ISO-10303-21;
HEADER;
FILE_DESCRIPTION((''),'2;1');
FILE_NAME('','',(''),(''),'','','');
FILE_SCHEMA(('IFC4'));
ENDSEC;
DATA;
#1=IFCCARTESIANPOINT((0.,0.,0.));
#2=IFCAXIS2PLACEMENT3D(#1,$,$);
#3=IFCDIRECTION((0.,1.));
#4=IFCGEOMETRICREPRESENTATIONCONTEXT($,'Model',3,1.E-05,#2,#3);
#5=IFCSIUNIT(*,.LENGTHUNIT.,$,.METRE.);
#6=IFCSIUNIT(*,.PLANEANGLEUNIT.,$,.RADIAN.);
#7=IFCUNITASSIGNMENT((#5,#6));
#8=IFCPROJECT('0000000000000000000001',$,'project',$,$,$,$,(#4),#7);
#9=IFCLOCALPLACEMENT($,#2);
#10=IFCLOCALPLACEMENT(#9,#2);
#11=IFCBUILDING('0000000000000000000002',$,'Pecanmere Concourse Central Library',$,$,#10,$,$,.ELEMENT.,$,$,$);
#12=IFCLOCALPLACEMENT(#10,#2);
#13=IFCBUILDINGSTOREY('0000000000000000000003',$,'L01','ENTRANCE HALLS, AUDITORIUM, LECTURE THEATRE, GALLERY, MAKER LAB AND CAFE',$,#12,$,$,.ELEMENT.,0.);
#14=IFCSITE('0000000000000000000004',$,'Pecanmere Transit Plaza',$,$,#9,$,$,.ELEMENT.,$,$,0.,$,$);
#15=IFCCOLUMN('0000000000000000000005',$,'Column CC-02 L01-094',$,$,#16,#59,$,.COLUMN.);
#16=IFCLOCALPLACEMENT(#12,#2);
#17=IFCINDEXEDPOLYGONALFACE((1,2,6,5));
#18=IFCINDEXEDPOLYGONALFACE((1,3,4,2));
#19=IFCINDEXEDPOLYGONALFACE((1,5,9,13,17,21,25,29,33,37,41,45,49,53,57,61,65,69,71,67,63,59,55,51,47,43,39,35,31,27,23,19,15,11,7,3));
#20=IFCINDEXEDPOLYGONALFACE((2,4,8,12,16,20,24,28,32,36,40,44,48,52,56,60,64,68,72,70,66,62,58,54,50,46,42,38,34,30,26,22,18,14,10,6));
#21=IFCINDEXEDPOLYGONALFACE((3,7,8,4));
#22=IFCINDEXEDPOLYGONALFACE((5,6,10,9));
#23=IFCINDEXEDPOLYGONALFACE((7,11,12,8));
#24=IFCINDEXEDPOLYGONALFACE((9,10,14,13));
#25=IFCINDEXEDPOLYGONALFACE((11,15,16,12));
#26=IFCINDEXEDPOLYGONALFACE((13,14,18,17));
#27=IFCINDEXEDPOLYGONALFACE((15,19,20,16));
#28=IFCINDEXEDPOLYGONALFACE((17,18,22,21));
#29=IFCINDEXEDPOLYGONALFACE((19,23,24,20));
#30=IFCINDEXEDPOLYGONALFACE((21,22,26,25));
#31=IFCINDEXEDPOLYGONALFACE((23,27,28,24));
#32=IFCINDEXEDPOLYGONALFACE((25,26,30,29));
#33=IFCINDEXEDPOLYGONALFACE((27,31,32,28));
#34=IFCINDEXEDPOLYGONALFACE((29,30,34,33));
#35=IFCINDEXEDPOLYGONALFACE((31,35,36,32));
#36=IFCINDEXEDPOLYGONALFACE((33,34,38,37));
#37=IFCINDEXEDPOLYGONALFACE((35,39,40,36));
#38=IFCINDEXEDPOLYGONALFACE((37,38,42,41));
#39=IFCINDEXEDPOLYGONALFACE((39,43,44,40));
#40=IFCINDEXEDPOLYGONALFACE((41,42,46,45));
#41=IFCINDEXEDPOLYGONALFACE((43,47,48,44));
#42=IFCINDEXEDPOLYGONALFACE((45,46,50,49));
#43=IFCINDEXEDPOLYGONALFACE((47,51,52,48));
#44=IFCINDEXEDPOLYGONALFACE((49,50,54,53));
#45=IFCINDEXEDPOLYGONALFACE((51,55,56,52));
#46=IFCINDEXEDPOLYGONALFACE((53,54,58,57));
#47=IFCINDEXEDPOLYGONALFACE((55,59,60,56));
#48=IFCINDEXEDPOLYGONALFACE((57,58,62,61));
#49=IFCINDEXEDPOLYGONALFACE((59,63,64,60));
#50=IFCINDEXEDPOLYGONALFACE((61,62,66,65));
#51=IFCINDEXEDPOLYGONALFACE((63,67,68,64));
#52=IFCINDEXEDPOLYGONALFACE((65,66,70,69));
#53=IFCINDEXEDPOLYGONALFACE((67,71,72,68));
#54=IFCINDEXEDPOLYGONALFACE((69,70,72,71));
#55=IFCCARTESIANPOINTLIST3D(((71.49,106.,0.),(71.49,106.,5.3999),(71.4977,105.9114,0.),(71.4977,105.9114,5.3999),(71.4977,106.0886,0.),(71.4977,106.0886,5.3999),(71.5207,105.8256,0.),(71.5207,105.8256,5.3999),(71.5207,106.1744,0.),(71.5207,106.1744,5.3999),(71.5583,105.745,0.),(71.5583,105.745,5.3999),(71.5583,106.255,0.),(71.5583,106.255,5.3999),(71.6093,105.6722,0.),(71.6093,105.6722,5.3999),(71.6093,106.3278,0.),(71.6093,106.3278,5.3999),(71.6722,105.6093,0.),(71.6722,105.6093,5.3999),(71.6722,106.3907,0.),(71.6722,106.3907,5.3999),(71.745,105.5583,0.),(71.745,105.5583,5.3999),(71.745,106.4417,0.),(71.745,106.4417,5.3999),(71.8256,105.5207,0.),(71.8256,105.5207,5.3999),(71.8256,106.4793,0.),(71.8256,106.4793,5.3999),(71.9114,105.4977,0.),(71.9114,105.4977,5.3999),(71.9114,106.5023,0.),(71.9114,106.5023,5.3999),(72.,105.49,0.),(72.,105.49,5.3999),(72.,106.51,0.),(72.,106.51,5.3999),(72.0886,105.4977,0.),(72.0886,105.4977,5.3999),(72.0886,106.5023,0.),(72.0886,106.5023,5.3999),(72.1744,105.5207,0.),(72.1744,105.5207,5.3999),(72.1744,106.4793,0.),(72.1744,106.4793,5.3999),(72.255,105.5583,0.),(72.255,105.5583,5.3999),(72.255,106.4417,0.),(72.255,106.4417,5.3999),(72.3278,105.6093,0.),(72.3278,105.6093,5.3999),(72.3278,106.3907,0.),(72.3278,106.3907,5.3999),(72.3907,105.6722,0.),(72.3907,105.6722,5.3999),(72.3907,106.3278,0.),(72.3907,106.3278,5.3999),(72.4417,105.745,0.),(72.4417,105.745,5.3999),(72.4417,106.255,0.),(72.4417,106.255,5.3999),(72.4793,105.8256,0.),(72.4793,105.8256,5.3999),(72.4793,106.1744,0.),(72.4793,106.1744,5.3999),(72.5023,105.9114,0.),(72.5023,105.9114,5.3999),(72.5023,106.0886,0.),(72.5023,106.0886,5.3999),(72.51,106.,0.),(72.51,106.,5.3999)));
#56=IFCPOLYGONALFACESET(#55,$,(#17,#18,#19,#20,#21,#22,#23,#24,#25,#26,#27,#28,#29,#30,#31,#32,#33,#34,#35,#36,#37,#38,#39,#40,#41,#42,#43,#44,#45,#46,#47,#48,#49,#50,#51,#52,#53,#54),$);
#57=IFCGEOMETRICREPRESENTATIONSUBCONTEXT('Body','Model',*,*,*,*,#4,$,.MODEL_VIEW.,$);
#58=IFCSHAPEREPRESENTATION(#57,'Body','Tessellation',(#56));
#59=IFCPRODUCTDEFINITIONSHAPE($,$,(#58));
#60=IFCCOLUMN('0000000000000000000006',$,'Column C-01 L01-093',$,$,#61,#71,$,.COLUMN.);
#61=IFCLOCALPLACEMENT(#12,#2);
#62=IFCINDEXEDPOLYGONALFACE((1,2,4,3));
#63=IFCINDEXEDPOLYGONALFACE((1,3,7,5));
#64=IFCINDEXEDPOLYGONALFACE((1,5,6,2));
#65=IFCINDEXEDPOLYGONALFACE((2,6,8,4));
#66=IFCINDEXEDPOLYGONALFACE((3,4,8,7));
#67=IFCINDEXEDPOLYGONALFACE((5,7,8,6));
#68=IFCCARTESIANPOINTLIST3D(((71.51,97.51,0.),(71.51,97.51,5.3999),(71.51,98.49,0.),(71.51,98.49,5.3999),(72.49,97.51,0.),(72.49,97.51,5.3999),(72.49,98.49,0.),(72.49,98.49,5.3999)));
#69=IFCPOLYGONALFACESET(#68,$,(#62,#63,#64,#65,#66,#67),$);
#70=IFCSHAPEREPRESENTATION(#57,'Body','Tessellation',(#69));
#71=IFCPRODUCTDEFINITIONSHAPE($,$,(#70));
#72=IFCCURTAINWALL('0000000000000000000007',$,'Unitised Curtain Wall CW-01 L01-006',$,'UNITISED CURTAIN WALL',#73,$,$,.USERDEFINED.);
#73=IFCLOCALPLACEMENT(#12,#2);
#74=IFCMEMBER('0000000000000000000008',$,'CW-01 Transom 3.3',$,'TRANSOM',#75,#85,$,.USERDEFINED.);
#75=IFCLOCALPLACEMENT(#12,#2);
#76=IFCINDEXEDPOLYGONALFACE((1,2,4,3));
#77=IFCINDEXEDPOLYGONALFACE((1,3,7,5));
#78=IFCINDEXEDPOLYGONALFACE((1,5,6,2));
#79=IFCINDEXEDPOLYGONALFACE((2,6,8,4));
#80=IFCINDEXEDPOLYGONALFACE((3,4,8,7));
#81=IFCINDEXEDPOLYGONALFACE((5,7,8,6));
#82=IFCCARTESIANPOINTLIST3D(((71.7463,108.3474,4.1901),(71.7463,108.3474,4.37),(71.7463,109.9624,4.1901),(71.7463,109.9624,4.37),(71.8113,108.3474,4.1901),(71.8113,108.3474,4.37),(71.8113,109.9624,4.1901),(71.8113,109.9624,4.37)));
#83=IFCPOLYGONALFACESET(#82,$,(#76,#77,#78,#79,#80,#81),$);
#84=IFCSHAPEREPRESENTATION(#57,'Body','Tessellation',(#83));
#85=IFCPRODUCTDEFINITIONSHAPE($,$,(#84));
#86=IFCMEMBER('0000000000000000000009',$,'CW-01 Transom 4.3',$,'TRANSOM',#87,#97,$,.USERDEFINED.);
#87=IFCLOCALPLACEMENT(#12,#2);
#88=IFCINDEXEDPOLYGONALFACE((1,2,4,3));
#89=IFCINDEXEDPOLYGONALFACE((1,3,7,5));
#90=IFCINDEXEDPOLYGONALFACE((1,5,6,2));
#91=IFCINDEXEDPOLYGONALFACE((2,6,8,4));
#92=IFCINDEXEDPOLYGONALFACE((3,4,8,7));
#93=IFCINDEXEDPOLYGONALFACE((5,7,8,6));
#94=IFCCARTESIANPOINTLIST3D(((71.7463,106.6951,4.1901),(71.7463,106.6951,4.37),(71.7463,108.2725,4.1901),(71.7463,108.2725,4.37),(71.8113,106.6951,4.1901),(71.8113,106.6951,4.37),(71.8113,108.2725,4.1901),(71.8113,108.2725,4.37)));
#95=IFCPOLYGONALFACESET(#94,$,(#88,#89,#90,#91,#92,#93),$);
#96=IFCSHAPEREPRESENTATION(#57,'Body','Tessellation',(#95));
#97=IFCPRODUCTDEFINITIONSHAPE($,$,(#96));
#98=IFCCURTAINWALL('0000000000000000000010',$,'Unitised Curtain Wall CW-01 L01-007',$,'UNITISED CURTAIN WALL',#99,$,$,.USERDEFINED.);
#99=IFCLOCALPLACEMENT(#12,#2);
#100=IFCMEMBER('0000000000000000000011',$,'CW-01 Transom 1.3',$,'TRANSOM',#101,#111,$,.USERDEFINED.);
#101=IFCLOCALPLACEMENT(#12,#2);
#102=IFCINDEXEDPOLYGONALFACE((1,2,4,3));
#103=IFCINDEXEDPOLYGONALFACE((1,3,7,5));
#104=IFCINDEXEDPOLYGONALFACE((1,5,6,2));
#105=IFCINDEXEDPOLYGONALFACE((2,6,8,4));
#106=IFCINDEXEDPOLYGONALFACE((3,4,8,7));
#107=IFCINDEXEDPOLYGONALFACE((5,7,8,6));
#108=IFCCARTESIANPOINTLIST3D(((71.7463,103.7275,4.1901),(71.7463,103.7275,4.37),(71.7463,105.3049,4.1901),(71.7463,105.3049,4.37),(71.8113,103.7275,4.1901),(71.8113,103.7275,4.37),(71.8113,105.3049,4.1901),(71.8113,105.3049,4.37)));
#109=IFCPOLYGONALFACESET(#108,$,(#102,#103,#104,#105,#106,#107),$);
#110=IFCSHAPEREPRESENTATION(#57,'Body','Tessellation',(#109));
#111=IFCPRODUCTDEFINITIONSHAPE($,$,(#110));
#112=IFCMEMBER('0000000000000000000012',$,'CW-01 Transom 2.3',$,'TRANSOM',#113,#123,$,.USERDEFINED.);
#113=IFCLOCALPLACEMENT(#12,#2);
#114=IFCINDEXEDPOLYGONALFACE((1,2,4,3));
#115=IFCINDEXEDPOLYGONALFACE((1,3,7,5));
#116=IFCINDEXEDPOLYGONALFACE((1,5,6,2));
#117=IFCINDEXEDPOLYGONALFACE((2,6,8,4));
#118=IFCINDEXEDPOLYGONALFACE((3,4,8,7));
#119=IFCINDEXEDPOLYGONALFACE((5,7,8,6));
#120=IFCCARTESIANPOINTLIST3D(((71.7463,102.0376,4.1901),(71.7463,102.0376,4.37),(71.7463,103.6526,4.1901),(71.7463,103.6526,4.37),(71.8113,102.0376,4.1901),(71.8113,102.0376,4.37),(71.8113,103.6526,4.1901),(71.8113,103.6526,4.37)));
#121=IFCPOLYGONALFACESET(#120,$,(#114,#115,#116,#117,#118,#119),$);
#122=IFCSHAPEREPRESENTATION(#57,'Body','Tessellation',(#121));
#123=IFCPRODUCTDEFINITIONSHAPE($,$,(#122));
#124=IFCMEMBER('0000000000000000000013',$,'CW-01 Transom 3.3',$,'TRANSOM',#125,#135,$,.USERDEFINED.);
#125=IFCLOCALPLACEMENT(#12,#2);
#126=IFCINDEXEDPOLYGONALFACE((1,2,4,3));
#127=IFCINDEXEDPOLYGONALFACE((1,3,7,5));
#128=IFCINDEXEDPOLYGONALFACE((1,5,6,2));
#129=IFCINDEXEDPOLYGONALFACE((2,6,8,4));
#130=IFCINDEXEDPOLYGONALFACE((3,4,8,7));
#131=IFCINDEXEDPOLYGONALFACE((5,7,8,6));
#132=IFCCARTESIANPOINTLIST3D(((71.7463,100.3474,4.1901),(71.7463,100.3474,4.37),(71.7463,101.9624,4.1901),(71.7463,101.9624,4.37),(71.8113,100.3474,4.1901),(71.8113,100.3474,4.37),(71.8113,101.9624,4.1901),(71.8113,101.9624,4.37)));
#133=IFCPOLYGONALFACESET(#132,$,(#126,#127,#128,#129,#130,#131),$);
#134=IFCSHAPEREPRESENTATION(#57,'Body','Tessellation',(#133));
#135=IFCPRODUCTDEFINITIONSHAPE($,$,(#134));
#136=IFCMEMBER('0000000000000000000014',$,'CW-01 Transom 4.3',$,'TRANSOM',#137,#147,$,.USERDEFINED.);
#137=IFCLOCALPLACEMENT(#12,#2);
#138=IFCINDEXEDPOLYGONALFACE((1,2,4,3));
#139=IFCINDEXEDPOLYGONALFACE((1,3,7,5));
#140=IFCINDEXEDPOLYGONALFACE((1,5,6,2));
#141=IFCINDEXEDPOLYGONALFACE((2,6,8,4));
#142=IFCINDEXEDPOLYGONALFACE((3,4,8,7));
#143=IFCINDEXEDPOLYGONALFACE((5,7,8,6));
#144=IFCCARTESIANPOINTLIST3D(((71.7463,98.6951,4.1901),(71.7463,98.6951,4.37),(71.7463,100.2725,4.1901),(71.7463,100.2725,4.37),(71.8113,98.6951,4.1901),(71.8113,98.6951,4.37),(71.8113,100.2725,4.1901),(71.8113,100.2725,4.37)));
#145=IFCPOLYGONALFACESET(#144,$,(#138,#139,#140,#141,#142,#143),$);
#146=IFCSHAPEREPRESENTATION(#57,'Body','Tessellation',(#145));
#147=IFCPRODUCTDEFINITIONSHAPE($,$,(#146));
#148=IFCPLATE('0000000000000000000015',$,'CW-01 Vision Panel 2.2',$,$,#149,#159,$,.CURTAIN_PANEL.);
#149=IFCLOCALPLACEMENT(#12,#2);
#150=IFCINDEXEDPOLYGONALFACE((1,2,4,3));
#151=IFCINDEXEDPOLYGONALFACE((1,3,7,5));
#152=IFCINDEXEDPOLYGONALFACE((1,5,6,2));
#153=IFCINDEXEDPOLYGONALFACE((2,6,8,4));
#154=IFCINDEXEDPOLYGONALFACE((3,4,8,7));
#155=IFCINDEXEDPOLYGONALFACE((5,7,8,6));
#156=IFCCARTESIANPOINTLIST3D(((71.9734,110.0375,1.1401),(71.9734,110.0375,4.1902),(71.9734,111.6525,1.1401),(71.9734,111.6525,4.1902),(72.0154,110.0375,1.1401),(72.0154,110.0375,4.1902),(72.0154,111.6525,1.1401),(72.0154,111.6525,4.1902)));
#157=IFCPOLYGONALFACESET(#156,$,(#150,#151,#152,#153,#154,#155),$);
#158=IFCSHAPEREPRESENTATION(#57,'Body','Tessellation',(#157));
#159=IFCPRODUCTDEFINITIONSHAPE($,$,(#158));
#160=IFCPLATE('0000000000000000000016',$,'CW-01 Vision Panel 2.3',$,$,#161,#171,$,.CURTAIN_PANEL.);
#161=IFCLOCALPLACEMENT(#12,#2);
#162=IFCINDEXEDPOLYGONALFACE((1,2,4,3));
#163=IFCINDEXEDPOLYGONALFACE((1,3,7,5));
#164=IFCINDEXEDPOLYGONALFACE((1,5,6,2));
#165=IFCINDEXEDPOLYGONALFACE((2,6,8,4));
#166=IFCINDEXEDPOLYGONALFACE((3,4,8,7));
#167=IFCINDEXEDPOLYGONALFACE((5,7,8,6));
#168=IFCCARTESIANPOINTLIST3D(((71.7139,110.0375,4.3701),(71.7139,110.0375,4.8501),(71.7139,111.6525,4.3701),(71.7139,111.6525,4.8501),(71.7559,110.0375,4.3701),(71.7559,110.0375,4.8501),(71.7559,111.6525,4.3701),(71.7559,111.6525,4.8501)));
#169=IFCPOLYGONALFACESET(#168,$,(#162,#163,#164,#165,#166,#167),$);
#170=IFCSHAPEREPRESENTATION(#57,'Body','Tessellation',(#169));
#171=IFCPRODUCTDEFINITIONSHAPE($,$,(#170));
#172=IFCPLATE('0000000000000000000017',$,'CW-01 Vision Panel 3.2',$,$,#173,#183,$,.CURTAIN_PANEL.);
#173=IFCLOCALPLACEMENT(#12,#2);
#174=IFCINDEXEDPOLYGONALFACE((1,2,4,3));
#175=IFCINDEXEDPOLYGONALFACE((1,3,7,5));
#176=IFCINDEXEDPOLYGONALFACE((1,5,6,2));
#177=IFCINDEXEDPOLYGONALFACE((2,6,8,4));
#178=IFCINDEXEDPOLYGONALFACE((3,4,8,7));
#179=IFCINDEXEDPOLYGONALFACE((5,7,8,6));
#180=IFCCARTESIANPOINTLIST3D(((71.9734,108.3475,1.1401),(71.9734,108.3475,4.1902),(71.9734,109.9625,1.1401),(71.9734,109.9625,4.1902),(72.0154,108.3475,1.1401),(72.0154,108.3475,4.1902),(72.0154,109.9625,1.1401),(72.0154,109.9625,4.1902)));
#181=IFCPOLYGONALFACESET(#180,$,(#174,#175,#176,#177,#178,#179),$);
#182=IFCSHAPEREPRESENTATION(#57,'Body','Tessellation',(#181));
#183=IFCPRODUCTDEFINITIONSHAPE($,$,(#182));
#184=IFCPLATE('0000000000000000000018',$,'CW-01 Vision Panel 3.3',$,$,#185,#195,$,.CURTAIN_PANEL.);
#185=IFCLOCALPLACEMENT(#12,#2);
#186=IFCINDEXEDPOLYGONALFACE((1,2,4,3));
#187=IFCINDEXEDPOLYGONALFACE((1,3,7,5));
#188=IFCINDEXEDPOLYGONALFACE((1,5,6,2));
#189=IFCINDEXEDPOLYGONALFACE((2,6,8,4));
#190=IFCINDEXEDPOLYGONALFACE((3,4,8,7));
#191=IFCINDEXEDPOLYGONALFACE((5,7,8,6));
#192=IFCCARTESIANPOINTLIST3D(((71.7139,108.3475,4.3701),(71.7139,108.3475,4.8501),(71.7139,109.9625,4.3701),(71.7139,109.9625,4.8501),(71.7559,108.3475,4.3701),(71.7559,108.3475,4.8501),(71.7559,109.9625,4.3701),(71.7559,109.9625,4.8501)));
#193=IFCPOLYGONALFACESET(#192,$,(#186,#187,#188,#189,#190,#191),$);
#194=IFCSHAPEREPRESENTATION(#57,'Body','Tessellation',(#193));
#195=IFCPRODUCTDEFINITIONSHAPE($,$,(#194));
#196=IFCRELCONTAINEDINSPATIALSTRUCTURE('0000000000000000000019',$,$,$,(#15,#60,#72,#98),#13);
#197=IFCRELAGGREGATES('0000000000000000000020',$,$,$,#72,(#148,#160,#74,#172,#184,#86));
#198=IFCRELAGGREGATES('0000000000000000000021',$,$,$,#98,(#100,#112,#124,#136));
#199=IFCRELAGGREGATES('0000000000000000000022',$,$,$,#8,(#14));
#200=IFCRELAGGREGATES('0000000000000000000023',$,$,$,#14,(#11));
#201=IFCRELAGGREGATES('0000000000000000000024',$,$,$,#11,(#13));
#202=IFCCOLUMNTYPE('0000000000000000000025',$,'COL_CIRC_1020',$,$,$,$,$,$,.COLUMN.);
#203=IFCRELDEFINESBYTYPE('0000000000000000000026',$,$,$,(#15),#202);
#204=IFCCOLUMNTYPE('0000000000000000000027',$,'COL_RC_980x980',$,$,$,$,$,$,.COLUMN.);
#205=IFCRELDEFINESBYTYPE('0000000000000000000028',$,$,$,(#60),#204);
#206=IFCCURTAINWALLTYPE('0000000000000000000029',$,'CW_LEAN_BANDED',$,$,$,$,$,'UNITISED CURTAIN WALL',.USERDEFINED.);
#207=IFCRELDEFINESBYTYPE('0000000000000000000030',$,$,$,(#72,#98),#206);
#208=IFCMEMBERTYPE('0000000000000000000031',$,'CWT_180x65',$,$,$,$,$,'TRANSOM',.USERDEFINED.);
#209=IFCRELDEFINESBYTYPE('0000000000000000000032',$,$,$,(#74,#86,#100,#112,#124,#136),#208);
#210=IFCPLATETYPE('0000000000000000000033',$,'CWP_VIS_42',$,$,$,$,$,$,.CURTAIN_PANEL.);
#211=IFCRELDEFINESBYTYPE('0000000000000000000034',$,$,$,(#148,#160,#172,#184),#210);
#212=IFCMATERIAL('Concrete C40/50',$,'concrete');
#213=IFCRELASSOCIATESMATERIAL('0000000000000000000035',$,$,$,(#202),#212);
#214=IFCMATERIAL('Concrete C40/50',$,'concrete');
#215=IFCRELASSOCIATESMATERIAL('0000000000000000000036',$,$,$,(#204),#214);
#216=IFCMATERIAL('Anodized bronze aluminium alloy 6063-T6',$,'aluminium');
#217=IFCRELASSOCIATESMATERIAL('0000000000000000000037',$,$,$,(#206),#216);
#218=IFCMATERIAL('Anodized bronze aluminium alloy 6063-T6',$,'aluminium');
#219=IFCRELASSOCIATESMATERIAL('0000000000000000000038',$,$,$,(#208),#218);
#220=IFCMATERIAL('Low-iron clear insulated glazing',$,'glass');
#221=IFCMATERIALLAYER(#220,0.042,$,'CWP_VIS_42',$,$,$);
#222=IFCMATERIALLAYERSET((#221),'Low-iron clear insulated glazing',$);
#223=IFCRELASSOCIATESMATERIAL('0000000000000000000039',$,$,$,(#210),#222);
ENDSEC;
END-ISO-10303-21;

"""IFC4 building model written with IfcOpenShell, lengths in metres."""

from ifc_helpers import new_model, si_unit, direction, frame, origin, origin_2d, place, context, subcontext, project, spatial, rectangle, circle, extrude, material, layer, layer_set, material_profile, profile_set, type_object, element, aggregate, save


model = new_model("IFC4")

# Units and contexts
model_context = context("Model", 3, precision=1e-05, world=origin(), true_north=direction((0.0, 1.0)))
body_context = subcontext(model_context, "Body", "Model", "MODEL_VIEW")
ifc_project = project(units=[si_unit("LENGTHUNIT", "METRE"), si_unit("PLANEANGLEUNIT", "RADIAN")], contexts=[model_context])

# Site, building, storey
site_placement = place(None, origin())
site = spatial("IfcSite", under=ifc_project, at=site_placement, Name="Pecanmere Transit Plaza", CompositionType="ELEMENT", RefElevation=0.0)
building_placement = place(site_placement, origin())
building = spatial("IfcBuilding", under=site, at=building_placement, Name="Pecanmere Concourse Central Library", CompositionType="ELEMENT")
storey_placement = place(building_placement, origin())
storey = spatial("IfcBuildingStorey", under=building, at=storey_placement, Name="L01", Description="ENTRANCE HALLS, AUDITORIUM, LECTURE THEATRE, GALLERY, MAKER LAB AND CAFE", CompositionType="ELEMENT", Elevation=0.0)

# Columns
ifc_material_1 = material(Name="Concrete C40/50", Category="concrete")
ifc_material_profile_1 = material_profile(ifc_material_1, circle(Radius=0.51, at=origin_2d()), Name="RC D1020")
ifc_profile_set_1 = profile_set([ifc_material_profile_1], Name="Concrete C40/50")
column_type_1 = type_object("IfcColumnType", Name="COL_CIRC_1020", PredefinedType="COLUMN", material=ifc_profile_set_1)
column_1_placement = place(storey_placement, frame((72.0, 106.0, 0.0), z_axis=(0.0, 0.0, 1.0), x_axis=(1.0, 0.0, 0.0)))
element("IfcColumn", 1, at=column_1_placement, inside=storey, type_object=column_type_1, Name="Column CC-02 L01-094", PredefinedType="COLUMN", context=body_context, shape_type="SweptSolid", body=[
    extrude(circle(Radius=0.51, at=origin_2d()), origin(), (0.0, 0.0, 1.0), 5.3999),
])
ifc_material_2 = material(Name="Concrete C40/50", Category="concrete")
ifc_material_profile_2 = material_profile(ifc_material_2, rectangle(XDim=0.98, YDim=0.98, at=origin_2d()), Name="RC 980x980")
ifc_profile_set_2 = profile_set([ifc_material_profile_2], Name="Concrete C40/50")
column_type_2 = type_object("IfcColumnType", Name="COL_RC_980x980", PredefinedType="COLUMN", material=ifc_profile_set_2)
column_2_placement = place(storey_placement, frame((72.0, 98.0, 0.0), z_axis=(0.0, 0.0, 1.0), x_axis=(1.0, 0.0, 0.0)))
element("IfcColumn", 2, at=column_2_placement, inside=storey, type_object=column_type_2, Name="Column C-01 L01-093", PredefinedType="COLUMN", context=body_context, shape_type="SweptSolid", body=[
    extrude(rectangle(XDim=0.98, YDim=0.98, at=origin_2d()), origin(), (0.0, 0.0, 1.0), 5.3999),
])

# Curtain walls, members
ifc_material_3 = material(Name="Anodized bronze aluminium alloy 6063-T6", Category="aluminium")
curtain_wall_type = type_object("IfcCurtainWallType", Name="CW_LEAN_BANDED", ElementType="UNITISED CURTAIN WALL", PredefinedType="USERDEFINED", material=ifc_material_3)
curtain_wall_1_placement = place(storey_placement, origin())
curtain_wall_1 = element("IfcCurtainWall", 3, at=curtain_wall_1_placement, inside=storey, type_object=curtain_wall_type, Name="Unitised Curtain Wall CW-01 L01-006", ObjectType="UNITISED CURTAIN WALL", PredefinedType="USERDEFINED")
ifc_material_4 = material(Name="Anodized bronze aluminium alloy 6063-T6", Category="aluminium")
ifc_material_profile_3 = material_profile(ifc_material_4, rectangle(XDim=0.0649, YDim=0.1799, at=origin_2d()), Name="AL 65x180")
ifc_profile_set_3 = profile_set([ifc_material_profile_3], Name="Anodized bronze aluminium alloy 6063-T6")
member_type = type_object("IfcMemberType", Name="CWT_180x65", ElementType="TRANSOM", PredefinedType="USERDEFINED", material=ifc_profile_set_3)
member_1_placement = place(storey_placement, frame((71.7788, 109.9624, 4.28), z_axis=(0.0, -1.0, 0.0), x_axis=(1.0, 0.0, 0.0)))
member_1 = element("IfcMember", 4, at=member_1_placement, type_object=member_type, Name="CW-01 Transom 3.3", ObjectType="TRANSOM", PredefinedType="USERDEFINED", context=body_context, shape_type="SweptSolid", body=[
    extrude(rectangle(XDim=0.0649, YDim=0.1799, at=origin_2d()), origin(), (0.0, 0.0, 1.0), 1.615),
])
member_2_placement = place(storey_placement, frame((71.7788, 108.2725, 4.28), z_axis=(0.0, -1.0, 0.0), x_axis=(1.0, 0.0, 0.0)))
member_2 = element("IfcMember", 5, at=member_2_placement, type_object=member_type, Name="CW-01 Transom 4.3", ObjectType="TRANSOM", PredefinedType="USERDEFINED", context=body_context, shape_type="SweptSolid", body=[
    extrude(rectangle(XDim=0.0649, YDim=0.1799, at=origin_2d()), origin(), (0.0, 0.0, 1.0), 1.5774),
])
curtain_wall_2_placement = place(storey_placement, origin())
curtain_wall_2 = element("IfcCurtainWall", 6, at=curtain_wall_2_placement, inside=storey, type_object=curtain_wall_type, Name="Unitised Curtain Wall CW-01 L01-007", ObjectType="UNITISED CURTAIN WALL", PredefinedType="USERDEFINED")
member_3_placement = place(storey_placement, frame((71.7788, 105.3049, 4.28), z_axis=(0.0, -1.0, 0.0), x_axis=(1.0, 0.0, 0.0)))
member_3 = element("IfcMember", 7, at=member_3_placement, type_object=member_type, Name="CW-01 Transom 1.3", ObjectType="TRANSOM", PredefinedType="USERDEFINED", context=body_context, shape_type="SweptSolid", body=[
    extrude(rectangle(XDim=0.0649, YDim=0.1799, at=origin_2d()), origin(), (0.0, 0.0, 1.0), 1.5774),
])
member_4_placement = place(storey_placement, frame((71.7788, 103.6526, 4.28), z_axis=(0.0, -1.0, 0.0), x_axis=(1.0, 0.0, 0.0)))
member_4 = element("IfcMember", 8, at=member_4_placement, type_object=member_type, Name="CW-01 Transom 2.3", ObjectType="TRANSOM", PredefinedType="USERDEFINED", context=body_context, shape_type="SweptSolid", body=[
    extrude(rectangle(XDim=0.0649, YDim=0.1799, at=origin_2d()), origin(), (0.0, 0.0, 1.0), 1.615),
])
member_5_placement = place(storey_placement, frame((71.7788, 101.9624, 4.28), z_axis=(0.0, -1.0, 0.0), x_axis=(1.0, 0.0, 0.0)))
member_5 = element("IfcMember", 9, at=member_5_placement, type_object=member_type, Name="CW-01 Transom 3.3", ObjectType="TRANSOM", PredefinedType="USERDEFINED", context=body_context, shape_type="SweptSolid", body=[
    extrude(rectangle(XDim=0.0649, YDim=0.1799, at=origin_2d()), origin(), (0.0, 0.0, 1.0), 1.615),
])
member_6_placement = place(storey_placement, frame((71.7788, 100.2725, 4.28), z_axis=(0.0, -1.0, 0.0), x_axis=(1.0, 0.0, 0.0)))
member_6 = element("IfcMember", 10, at=member_6_placement, type_object=member_type, Name="CW-01 Transom 4.3", ObjectType="TRANSOM", PredefinedType="USERDEFINED", context=body_context, shape_type="SweptSolid", body=[
    extrude(rectangle(XDim=0.0649, YDim=0.1799, at=origin_2d()), origin(), (0.0, 0.0, 1.0), 1.5774),
])

# Plates
ifc_material_5 = material(Name="Low-iron clear insulated glazing", Category="glass")
ifc_layer = layer(ifc_material_5, 0.042, Name="CWP_VIS_42")
ifc_layer_set = layer_set([ifc_layer], Name="Low-iron clear insulated glazing")
plate_type = type_object("IfcPlateType", Name="CWP_VIS_42", PredefinedType="CURTAIN_PANEL", material=ifc_layer_set)
plate_1_placement = place(storey_placement, frame((71.9944, 110.845, 1.1401), z_axis=(0.0, 0.0, 1.0), x_axis=(0.0, -1.0, 0.0)))
plate_1 = element("IfcPlate", 11, at=plate_1_placement, type_object=plate_type, Name="CW-01 Vision Panel 2.2", PredefinedType="CURTAIN_PANEL", context=body_context, shape_type="SweptSolid", body=[
    extrude(rectangle(XDim=1.615, YDim=0.042, at=origin_2d()), origin(), (0.0, 0.0, 1.0), 3.05),
])
plate_2_placement = place(storey_placement, frame((71.7349, 110.845, 4.3701), z_axis=(0.0, 0.0, 1.0), x_axis=(0.0, -1.0, 0.0)))
plate_2 = element("IfcPlate", 12, at=plate_2_placement, type_object=plate_type, Name="CW-01 Vision Panel 2.3", PredefinedType="CURTAIN_PANEL", context=body_context, shape_type="SweptSolid", body=[
    extrude(rectangle(XDim=1.615, YDim=0.042, at=origin_2d()), origin(), (0.0, 0.0, 1.0), 0.48),
])
plate_3_placement = place(storey_placement, frame((71.9944, 109.155, 1.1401), z_axis=(0.0, 0.0, 1.0), x_axis=(0.0, -1.0, 0.0)))
plate_3 = element("IfcPlate", 13, at=plate_3_placement, type_object=plate_type, Name="CW-01 Vision Panel 3.2", PredefinedType="CURTAIN_PANEL", context=body_context, shape_type="SweptSolid", body=[
    extrude(rectangle(XDim=1.615, YDim=0.042, at=origin_2d()), origin(), (0.0, 0.0, 1.0), 3.05),
])
plate_4_placement = place(storey_placement, frame((71.7349, 109.155, 4.3701), z_axis=(0.0, 0.0, 1.0), x_axis=(0.0, -1.0, 0.0)))
plate_4 = element("IfcPlate", 14, at=plate_4_placement, type_object=plate_type, Name="CW-01 Vision Panel 3.3", PredefinedType="CURTAIN_PANEL", context=body_context, shape_type="SweptSolid", body=[
    extrude(rectangle(XDim=1.615, YDim=0.042, at=origin_2d()), origin(), (0.0, 0.0, 1.0), 0.48),
])
aggregate(curtain_wall_1, [plate_1, plate_2, member_1, plate_3, plate_4, member_2])
aggregate(curtain_wall_2, [member_3, member_4, member_5, member_6])

save(model, "model.ifc")
